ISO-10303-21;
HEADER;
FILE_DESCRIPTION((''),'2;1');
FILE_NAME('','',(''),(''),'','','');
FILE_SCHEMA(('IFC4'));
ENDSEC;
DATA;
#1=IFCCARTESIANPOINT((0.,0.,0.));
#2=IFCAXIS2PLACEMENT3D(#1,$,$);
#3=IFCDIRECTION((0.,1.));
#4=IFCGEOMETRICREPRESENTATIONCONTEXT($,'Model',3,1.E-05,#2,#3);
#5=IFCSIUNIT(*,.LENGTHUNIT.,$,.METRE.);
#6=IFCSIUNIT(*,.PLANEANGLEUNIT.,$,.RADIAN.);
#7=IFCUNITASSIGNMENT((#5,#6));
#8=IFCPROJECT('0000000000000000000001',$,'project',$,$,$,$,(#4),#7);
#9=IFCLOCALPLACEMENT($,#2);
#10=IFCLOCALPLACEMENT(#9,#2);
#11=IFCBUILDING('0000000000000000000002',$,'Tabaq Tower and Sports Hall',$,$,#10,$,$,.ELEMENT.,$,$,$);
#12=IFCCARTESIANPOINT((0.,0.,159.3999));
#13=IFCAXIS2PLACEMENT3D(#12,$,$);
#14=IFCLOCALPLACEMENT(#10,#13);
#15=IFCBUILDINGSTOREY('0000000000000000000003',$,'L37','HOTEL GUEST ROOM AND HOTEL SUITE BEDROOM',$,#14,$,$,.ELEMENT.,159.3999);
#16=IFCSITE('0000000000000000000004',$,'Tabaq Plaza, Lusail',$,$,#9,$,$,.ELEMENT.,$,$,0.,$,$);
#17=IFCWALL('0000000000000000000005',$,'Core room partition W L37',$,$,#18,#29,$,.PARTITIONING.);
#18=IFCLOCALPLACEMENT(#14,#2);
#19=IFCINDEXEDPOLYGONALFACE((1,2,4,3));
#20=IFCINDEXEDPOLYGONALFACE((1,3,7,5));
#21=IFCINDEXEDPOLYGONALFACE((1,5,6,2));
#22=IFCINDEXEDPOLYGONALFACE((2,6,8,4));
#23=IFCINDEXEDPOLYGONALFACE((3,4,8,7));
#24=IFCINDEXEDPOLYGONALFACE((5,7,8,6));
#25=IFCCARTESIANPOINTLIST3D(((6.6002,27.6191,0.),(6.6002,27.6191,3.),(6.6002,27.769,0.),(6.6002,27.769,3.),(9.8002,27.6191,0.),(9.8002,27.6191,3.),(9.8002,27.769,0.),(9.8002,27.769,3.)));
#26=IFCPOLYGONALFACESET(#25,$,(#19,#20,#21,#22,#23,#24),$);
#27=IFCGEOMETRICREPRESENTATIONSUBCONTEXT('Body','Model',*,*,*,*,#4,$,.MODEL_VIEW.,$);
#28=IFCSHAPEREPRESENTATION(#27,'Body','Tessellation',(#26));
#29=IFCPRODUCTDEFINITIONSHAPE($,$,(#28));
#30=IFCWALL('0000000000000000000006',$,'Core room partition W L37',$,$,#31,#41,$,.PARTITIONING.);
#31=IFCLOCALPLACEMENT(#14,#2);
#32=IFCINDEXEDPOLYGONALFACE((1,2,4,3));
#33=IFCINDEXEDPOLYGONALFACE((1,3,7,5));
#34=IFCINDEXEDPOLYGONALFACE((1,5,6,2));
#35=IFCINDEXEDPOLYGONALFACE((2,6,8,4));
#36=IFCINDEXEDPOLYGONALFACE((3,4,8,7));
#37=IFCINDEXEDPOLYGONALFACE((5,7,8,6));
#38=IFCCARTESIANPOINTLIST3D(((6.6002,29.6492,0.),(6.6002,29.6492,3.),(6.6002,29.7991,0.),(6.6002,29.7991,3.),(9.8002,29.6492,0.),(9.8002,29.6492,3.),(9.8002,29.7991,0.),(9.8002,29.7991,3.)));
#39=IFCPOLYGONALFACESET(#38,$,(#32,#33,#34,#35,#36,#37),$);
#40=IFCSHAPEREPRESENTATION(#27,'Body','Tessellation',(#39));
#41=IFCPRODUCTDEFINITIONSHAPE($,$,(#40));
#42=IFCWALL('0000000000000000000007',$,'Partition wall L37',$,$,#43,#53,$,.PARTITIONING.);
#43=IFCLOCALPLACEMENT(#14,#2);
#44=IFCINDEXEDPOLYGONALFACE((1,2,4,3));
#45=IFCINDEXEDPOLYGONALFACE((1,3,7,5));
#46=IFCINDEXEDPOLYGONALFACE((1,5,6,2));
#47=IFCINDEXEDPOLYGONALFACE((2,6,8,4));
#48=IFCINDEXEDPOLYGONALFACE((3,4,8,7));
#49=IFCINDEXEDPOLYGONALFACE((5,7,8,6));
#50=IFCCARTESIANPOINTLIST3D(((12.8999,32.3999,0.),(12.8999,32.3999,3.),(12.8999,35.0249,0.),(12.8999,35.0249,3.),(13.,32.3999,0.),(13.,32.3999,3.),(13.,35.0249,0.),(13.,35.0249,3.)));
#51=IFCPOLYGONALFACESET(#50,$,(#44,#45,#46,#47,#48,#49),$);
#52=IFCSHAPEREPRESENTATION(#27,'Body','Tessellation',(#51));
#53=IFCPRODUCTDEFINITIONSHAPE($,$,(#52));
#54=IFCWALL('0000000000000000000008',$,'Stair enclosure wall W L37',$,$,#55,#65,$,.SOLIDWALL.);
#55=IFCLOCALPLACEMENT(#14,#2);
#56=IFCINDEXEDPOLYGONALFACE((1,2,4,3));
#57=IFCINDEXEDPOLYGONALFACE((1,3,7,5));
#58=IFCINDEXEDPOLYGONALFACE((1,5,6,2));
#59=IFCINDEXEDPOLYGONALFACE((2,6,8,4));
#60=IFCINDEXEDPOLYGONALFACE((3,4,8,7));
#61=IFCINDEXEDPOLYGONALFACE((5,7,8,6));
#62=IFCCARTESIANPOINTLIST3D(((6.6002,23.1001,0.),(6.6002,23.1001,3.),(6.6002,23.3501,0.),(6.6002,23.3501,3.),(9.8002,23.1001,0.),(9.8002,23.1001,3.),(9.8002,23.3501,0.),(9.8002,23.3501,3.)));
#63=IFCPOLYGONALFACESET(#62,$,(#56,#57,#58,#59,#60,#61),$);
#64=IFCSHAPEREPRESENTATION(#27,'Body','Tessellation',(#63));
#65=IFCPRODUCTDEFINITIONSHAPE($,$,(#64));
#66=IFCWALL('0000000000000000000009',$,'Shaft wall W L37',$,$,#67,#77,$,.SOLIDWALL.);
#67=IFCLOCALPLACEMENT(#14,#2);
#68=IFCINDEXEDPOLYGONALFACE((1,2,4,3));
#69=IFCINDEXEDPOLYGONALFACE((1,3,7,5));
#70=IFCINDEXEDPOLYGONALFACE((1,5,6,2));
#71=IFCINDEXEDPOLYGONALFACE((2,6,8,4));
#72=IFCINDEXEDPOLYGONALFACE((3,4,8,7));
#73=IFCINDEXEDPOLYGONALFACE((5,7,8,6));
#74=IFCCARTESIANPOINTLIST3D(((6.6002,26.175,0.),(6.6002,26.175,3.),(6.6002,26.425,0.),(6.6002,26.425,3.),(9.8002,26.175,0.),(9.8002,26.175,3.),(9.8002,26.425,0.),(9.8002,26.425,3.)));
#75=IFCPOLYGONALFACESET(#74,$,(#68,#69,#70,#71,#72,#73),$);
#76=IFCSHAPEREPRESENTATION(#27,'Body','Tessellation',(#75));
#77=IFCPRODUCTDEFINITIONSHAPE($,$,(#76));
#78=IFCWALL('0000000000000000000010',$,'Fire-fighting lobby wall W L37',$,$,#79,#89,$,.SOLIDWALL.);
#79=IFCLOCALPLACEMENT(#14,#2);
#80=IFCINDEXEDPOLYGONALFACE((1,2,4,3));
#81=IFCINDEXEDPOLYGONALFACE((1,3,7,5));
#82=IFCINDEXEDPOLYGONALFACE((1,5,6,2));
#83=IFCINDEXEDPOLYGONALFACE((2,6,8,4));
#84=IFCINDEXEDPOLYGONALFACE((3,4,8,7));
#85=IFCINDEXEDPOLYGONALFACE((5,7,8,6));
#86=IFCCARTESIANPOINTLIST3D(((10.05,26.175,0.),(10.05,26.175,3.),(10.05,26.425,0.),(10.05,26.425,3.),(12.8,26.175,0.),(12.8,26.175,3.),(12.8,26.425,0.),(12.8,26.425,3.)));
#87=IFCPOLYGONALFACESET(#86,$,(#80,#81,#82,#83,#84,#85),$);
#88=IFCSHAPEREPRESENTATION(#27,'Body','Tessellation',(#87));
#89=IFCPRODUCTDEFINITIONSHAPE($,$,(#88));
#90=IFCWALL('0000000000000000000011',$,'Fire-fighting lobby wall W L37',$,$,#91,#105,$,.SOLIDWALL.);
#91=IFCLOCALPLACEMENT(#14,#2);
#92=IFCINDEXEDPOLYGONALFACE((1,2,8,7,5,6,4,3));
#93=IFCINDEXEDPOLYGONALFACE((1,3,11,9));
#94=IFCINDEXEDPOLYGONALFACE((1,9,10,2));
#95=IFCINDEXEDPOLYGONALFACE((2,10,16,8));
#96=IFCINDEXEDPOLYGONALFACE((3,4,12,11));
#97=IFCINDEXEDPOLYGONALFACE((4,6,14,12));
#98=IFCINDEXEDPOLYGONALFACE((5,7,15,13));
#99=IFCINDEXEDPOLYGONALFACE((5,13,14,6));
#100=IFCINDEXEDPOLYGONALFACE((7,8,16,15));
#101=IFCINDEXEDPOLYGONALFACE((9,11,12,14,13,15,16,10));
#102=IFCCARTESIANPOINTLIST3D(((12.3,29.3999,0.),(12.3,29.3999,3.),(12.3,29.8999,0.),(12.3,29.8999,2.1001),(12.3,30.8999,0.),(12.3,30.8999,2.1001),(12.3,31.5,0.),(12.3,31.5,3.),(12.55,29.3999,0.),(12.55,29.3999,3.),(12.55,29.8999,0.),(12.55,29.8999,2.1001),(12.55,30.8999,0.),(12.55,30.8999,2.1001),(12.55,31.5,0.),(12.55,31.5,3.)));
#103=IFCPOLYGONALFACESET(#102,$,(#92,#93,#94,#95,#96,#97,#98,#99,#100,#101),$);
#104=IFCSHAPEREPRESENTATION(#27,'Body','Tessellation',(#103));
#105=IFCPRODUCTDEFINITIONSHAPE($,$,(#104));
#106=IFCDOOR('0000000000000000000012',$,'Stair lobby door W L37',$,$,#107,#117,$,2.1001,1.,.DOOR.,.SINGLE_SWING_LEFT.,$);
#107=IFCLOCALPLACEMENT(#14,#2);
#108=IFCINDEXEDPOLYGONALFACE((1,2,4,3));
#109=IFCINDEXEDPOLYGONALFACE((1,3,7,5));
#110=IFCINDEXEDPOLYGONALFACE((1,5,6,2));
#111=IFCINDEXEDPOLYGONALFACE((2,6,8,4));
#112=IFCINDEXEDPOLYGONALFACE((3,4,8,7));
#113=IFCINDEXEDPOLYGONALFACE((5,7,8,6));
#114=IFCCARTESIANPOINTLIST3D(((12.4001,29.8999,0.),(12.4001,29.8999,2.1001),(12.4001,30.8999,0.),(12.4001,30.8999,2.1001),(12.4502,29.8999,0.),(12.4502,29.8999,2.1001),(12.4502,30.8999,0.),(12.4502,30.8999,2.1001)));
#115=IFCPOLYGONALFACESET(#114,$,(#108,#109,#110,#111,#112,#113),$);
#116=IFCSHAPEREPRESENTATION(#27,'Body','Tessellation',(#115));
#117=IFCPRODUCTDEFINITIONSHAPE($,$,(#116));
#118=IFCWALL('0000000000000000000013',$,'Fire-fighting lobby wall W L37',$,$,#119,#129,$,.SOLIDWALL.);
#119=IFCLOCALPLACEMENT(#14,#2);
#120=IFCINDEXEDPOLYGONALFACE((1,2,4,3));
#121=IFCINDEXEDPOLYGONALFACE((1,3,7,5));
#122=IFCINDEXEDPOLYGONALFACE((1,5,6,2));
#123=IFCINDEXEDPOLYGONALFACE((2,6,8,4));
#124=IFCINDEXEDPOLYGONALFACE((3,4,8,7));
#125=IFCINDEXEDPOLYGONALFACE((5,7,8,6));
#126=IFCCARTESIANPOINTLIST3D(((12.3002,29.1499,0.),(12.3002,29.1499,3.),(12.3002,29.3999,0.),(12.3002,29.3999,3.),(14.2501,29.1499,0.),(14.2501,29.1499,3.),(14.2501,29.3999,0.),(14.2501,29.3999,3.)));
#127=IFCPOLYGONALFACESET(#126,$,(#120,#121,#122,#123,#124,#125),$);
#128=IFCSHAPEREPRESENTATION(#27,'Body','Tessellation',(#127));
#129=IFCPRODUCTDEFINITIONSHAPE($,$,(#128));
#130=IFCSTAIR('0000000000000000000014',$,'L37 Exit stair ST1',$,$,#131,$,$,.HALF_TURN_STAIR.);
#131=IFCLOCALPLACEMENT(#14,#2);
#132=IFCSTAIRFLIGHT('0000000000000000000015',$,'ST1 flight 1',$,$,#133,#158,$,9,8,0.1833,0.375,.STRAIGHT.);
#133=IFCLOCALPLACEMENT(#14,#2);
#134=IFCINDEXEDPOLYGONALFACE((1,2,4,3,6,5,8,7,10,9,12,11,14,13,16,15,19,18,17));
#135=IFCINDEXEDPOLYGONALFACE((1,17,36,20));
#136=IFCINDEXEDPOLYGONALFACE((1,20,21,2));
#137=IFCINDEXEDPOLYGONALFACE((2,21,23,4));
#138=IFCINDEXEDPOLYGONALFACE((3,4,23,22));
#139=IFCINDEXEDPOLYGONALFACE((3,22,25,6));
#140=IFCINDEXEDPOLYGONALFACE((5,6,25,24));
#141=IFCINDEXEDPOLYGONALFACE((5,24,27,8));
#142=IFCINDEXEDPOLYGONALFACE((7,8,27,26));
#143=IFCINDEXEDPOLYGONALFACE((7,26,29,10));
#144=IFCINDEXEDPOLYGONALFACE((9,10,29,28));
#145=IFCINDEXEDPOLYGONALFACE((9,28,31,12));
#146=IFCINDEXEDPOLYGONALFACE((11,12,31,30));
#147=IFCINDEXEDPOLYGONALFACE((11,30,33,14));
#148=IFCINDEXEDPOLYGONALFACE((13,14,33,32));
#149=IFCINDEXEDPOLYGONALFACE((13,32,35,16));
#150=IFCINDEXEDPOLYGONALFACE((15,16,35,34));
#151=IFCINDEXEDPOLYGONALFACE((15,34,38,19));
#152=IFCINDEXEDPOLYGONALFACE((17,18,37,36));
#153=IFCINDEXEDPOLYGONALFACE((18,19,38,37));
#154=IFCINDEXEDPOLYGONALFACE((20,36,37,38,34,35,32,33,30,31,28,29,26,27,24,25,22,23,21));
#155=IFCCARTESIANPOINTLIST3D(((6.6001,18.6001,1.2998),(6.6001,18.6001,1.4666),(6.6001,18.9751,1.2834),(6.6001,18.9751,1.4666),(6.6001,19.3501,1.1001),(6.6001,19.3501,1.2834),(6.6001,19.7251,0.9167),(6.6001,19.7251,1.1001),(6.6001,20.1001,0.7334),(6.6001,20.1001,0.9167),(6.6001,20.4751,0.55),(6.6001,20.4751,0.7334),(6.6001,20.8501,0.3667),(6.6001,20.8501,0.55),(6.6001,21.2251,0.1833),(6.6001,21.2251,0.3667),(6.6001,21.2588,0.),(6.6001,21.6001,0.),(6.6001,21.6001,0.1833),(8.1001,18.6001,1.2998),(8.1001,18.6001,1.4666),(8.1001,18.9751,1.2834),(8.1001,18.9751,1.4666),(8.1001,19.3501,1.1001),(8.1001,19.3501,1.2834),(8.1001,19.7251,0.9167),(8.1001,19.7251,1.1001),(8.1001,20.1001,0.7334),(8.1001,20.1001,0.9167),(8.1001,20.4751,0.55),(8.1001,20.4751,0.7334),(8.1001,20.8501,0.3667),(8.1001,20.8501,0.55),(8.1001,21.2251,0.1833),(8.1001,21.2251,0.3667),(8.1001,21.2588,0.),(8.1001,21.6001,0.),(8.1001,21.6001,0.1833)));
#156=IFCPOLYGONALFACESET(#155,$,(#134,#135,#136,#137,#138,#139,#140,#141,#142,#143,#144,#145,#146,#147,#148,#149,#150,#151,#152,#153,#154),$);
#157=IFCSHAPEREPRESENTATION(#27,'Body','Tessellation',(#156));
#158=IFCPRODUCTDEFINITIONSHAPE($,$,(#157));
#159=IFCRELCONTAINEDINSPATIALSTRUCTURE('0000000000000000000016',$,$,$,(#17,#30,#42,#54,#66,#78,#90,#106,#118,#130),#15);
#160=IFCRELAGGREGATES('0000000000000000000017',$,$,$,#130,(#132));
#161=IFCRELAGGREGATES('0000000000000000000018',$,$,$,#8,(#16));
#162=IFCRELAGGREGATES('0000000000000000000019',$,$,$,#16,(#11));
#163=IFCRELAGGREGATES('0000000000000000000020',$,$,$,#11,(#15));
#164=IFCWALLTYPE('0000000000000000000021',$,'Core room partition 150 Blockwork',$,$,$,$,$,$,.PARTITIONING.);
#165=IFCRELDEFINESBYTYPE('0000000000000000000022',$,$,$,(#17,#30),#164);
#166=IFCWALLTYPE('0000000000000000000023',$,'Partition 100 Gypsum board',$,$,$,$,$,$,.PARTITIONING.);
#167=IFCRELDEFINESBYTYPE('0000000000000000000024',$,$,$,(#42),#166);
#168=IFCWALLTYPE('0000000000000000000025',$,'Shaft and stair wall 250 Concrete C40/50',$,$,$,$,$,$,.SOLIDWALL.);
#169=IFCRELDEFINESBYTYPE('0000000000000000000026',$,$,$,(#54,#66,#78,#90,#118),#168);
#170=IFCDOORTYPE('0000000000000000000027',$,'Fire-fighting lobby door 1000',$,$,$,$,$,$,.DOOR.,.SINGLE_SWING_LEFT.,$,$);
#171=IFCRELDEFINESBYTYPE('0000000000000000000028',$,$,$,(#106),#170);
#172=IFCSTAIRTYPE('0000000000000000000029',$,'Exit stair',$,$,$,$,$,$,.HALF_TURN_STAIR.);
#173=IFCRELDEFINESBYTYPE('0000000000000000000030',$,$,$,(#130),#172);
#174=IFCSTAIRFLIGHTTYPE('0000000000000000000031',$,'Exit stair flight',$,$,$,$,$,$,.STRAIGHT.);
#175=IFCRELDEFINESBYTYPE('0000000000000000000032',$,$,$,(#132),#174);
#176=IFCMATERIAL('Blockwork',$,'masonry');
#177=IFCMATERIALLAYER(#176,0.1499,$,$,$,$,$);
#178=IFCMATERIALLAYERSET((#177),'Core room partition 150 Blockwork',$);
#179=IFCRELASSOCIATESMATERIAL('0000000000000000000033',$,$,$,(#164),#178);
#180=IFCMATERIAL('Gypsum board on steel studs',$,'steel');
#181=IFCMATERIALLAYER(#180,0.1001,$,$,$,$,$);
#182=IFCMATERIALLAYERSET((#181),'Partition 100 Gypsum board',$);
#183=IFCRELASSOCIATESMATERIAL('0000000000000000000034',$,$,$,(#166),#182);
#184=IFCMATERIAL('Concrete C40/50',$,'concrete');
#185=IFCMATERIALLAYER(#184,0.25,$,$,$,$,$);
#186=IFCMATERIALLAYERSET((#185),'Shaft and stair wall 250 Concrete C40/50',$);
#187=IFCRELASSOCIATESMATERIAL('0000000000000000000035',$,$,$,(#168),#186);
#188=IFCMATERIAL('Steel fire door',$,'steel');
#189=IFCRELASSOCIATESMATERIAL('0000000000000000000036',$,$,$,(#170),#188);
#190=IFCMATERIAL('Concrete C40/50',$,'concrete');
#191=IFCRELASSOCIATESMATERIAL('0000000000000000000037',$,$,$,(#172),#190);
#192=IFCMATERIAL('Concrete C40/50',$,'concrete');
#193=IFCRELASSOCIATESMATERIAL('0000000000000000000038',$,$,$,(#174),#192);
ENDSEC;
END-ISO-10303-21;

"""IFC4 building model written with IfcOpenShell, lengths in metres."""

from ifc_helpers import new_model, si_unit, direction, frame, frame_2d, origin, place, context, subcontext, project, spatial, polyline, rectangle, outline, extrude, material, layer, layer_set, type_object, element, fill, aggregate, save


model = new_model("IFC4")

# Units and contexts
model_context = context("Model", 3, precision=1e-05, world=origin(), true_north=direction((0.0, 1.0)))
body_context = subcontext(model_context, "Body", "Model", "MODEL_VIEW")
ifc_project = project(units=[si_unit("LENGTHUNIT", "METRE"), si_unit("PLANEANGLEUNIT", "RADIAN")], contexts=[model_context])

# Site, building, storey
site_placement = place(None, origin())
site = spatial("IfcSite", under=ifc_project, at=site_placement, Name="Tabaq Plaza, Lusail", CompositionType="ELEMENT", RefElevation=0.0)
building_placement = place(site_placement, origin())
building = spatial("IfcBuilding", under=site, at=building_placement, Name="Tabaq Tower and Sports Hall", CompositionType="ELEMENT")
storey_placement = place(building_placement, frame((0.0, 0.0, 159.3999)))
storey = spatial("IfcBuildingStorey", under=building, at=storey_placement, Name="L37", Description="HOTEL GUEST ROOM AND HOTEL SUITE BEDROOM", CompositionType="ELEMENT", Elevation=159.3999)

# Walls
ifc_material_1 = material(Name="Blockwork", Category="masonry")
ifc_layer_1 = layer(ifc_material_1, 0.1499)
ifc_layer_set_1 = layer_set([ifc_layer_1], Name="Core room partition 150 Blockwork")
wall_type_1 = type_object("IfcWallType", Name="Core room partition 150 Blockwork", PredefinedType="PARTITIONING", material=ifc_layer_set_1)
for number, where, z_axis, x_axis, name in (
    (1, (6.6001, 27.6941, 0.0), (0.0, 0.0, 1.0), (1.0, 0.0, 0.0), "Core room partition W L37"),
    (2, (6.6001, 29.7241, 0.0), (0.0, 0.0, 1.0), (1.0, 0.0, 0.0), "Core room partition W L37"),
):
    element("IfcWall", number, at=place(storey_placement, frame(where, z_axis=z_axis, x_axis=x_axis)), inside=storey, type_object=wall_type_1, Name=name, PredefinedType="PARTITIONING", context=body_context, shape_type="SweptSolid", body=[
        extrude(rectangle(XDim=3.2, YDim=0.1499, at=frame_2d((1.6001, 0.0))), origin(), (0.0, 0.0, 1.0), 3.0),
    ])

# Walls
ifc_material_2 = material(Name="Gypsum board on steel studs", Category="steel")
ifc_layer_2 = layer(ifc_material_2, 0.1001)
ifc_layer_set_2 = layer_set([ifc_layer_2], Name="Partition 100 Gypsum board")
wall_type_2 = type_object("IfcWallType", Name="Partition 100 Gypsum board", PredefinedType="PARTITIONING", material=ifc_layer_set_2)
wall_1_placement = place(storey_placement, frame((12.95, 32.3999, 0.0), z_axis=(0.0, 0.0, 1.0), x_axis=(0.0, 1.0, 0.0)))
element("IfcWall", 3, at=wall_1_placement, inside=storey, type_object=wall_type_2, Name="Partition wall L37", PredefinedType="PARTITIONING", context=body_context, shape_type="SweptSolid", body=[
    extrude(rectangle(XDim=2.625, YDim=0.1001, at=frame_2d((1.3125, 0.0))), origin(), (0.0, 0.0, 1.0), 3.0),
])
ifc_material_3 = material(Name="Concrete C40/50", Category="concrete")
ifc_layer_3 = layer(ifc_material_3, 0.25)
ifc_layer_set_3 = layer_set([ifc_layer_3], Name="Shaft and stair wall 250 Concrete C40/50")
wall_type_3 = type_object("IfcWallType", Name="Shaft and stair wall 250 Concrete C40/50", PredefinedType="SOLIDWALL", material=ifc_layer_set_3)
for number, where, z_axis, x_axis, name in (
    (4, (6.6001, 23.2251, 0.0), (0.0, 0.0, 1.0), (1.0, 0.0, 0.0), "Stair enclosure wall W L37"),
    (5, (6.6001, 26.3, 0.0), (0.0, 0.0, 1.0), (1.0, 0.0, 0.0), "Shaft wall W L37"),
):
    element("IfcWall", number, at=place(storey_placement, frame(where, z_axis=z_axis, x_axis=x_axis)), inside=storey, type_object=wall_type_3, Name=name, PredefinedType="SOLIDWALL", context=body_context, shape_type="SweptSolid", body=[
        extrude(rectangle(XDim=3.2, YDim=0.25, at=frame_2d((1.6001, 0.0))), origin(), (0.0, 0.0, 1.0), 3.0),
    ])
wall_2_placement = place(storey_placement, frame((10.05, 26.3, 0.0), z_axis=(0.0, 0.0, 1.0), x_axis=(1.0, 0.0, 0.0)))
element("IfcWall", 6, at=wall_2_placement, inside=storey, type_object=wall_type_3, Name="Fire-fighting lobby wall W L37", PredefinedType="SOLIDWALL", context=body_context, shape_type="SweptSolid", body=[
    extrude(rectangle(XDim=2.75, YDim=0.25, at=frame_2d((1.375, 0.0))), origin(), (0.0, 0.0, 1.0), 3.0),
])

# Wall, opening, door
wall_3_placement = place(storey_placement, frame((12.425, 29.3999, 0.0), z_axis=(0.0, 0.0, 1.0), x_axis=(0.0, 1.0, 0.0)))
wall_3 = element("IfcWall", 7, at=wall_3_placement, inside=storey, type_object=wall_type_3, Name="Fire-fighting lobby wall W L37", PredefinedType="SOLIDWALL", context=body_context, shape_type="SweptSolid", body=[
    extrude(rectangle(XDim=2.1001, YDim=0.25, at=frame_2d((1.05, 0.0))), origin(), (0.0, 0.0, 1.0), 3.0),
])
opening_1_placement = place(wall_3_placement, frame((0.5, 0.0, 0.0)))
opening_1 = element("IfcOpeningElement", 8, at=opening_1_placement, cuts=wall_3, PredefinedType="OPENING", context=body_context, shape_type="SweptSolid", body=[
    extrude(rectangle(XDim=1.0, YDim=2.1001, at=frame_2d((0.5, 1.05))), frame((0.0, 0.125, 0.0), z_axis=(0.0, -1.0, 0.0), x_axis=(1.0, 0.0, 0.0)), (0.0, 0.0, 1.0), 0.25),
])
ifc_material_4 = material(Name="Steel fire door", Category="steel")
door_type_1 = type_object("IfcDoorType", Name="Fire-fighting lobby door 1000", OperationType="SINGLE_SWING_LEFT", PredefinedType="DOOR", material=ifc_material_4)
door_1_placement = place(opening_1_placement, origin())
door_1 = element("IfcDoor", 9, at=door_1_placement, inside=storey, type_object=door_type_1, Name="Stair lobby door W L37", OperationType="SINGLE_SWING_LEFT", OverallHeight=2.1001, OverallWidth=1.0, PredefinedType="DOOR", context=body_context, shape_type="SweptSolid", body=[
    extrude(rectangle(XDim=1.0, YDim=2.1001, at=frame_2d((0.5, 1.05))), frame((0.0, 0.0249, 0.0), z_axis=(0.0, -1.0, 0.0), x_axis=(1.0, 0.0, 0.0)), (0.0, 0.0, 1.0), 0.05),
])
fill(opening_1, door_1)

# Wall
wall_4_placement = place(storey_placement, frame((12.3, 29.2749, 0.0), z_axis=(0.0, 0.0, 1.0), x_axis=(1.0, 0.0, 0.0)))
element("IfcWall", 10, at=wall_4_placement, inside=storey, type_object=wall_type_3, Name="Fire-fighting lobby wall W L37", PredefinedType="SOLIDWALL", context=body_context, shape_type="SweptSolid", body=[
    extrude(rectangle(XDim=1.95, YDim=0.25, at=frame_2d((0.9751, 0.0))), origin(), (0.0, 0.0, 1.0), 3.0),
])

# Stair, stair flight
ifc_material_5 = material(Name="Concrete C40/50", Category="concrete")
stair_type = type_object("IfcStairType", Name="Exit stair", PredefinedType="HALF_TURN_STAIR", material=ifc_material_5)
stair_placement = place(storey_placement, origin())
stair = element("IfcStair", 11, at=stair_placement, inside=storey, type_object=stair_type, Name="L37 Exit stair ST1", PredefinedType="HALF_TURN_STAIR")
ifc_material_6 = material(Name="Concrete C40/50", Category="concrete")
stair_flight_type = type_object("IfcStairFlightType", Name="Exit stair flight", PredefinedType="STRAIGHT", material=ifc_material_6)
stair_flight_placement = place(storey_placement, frame((7.3501, 21.6001, 0.0), z_axis=(0.0, 0.0, 1.0), x_axis=(0.0, -1.0, 0.0)))
stair_flight = element("IfcStairFlight", 12, at=stair_flight_placement, type_object=stair_flight_type, Name="ST1 flight 1", NumberOfRisers=9, NumberOfTreads=8, PredefinedType="STRAIGHT", RiserHeight=0.1833, TreadLength=0.375, context=body_context, shape_type="SweptSolid", body=[
    extrude(outline(polyline([(0.0, 0.0), (0.0, 0.1833), (0.375, 0.1833), (0.375, 0.3667), (0.75, 0.3667), (0.75, 0.55), (1.125, 0.55), (1.125, 0.7334), (1.5, 0.7334), (1.5, 0.9167), (1.875, 0.9167), (1.875, 1.1001), (2.25, 1.1001), (2.25, 1.2834), (2.625, 1.2834), (2.625, 1.4666), (3.0, 1.4666), (3.0, 1.6499), (3.0, 1.2998), (0.3413, 0.0), (0.0, 0.0)])), frame((0.0, 0.75, 0.0), z_axis=(0.0, -1.0, 0.0), x_axis=(1.0, 0.0, 0.0)), (0.0, 0.0, 1.0), 1.5),
])
aggregate(stair, [stair_flight])

save(model, "model.ifc")
